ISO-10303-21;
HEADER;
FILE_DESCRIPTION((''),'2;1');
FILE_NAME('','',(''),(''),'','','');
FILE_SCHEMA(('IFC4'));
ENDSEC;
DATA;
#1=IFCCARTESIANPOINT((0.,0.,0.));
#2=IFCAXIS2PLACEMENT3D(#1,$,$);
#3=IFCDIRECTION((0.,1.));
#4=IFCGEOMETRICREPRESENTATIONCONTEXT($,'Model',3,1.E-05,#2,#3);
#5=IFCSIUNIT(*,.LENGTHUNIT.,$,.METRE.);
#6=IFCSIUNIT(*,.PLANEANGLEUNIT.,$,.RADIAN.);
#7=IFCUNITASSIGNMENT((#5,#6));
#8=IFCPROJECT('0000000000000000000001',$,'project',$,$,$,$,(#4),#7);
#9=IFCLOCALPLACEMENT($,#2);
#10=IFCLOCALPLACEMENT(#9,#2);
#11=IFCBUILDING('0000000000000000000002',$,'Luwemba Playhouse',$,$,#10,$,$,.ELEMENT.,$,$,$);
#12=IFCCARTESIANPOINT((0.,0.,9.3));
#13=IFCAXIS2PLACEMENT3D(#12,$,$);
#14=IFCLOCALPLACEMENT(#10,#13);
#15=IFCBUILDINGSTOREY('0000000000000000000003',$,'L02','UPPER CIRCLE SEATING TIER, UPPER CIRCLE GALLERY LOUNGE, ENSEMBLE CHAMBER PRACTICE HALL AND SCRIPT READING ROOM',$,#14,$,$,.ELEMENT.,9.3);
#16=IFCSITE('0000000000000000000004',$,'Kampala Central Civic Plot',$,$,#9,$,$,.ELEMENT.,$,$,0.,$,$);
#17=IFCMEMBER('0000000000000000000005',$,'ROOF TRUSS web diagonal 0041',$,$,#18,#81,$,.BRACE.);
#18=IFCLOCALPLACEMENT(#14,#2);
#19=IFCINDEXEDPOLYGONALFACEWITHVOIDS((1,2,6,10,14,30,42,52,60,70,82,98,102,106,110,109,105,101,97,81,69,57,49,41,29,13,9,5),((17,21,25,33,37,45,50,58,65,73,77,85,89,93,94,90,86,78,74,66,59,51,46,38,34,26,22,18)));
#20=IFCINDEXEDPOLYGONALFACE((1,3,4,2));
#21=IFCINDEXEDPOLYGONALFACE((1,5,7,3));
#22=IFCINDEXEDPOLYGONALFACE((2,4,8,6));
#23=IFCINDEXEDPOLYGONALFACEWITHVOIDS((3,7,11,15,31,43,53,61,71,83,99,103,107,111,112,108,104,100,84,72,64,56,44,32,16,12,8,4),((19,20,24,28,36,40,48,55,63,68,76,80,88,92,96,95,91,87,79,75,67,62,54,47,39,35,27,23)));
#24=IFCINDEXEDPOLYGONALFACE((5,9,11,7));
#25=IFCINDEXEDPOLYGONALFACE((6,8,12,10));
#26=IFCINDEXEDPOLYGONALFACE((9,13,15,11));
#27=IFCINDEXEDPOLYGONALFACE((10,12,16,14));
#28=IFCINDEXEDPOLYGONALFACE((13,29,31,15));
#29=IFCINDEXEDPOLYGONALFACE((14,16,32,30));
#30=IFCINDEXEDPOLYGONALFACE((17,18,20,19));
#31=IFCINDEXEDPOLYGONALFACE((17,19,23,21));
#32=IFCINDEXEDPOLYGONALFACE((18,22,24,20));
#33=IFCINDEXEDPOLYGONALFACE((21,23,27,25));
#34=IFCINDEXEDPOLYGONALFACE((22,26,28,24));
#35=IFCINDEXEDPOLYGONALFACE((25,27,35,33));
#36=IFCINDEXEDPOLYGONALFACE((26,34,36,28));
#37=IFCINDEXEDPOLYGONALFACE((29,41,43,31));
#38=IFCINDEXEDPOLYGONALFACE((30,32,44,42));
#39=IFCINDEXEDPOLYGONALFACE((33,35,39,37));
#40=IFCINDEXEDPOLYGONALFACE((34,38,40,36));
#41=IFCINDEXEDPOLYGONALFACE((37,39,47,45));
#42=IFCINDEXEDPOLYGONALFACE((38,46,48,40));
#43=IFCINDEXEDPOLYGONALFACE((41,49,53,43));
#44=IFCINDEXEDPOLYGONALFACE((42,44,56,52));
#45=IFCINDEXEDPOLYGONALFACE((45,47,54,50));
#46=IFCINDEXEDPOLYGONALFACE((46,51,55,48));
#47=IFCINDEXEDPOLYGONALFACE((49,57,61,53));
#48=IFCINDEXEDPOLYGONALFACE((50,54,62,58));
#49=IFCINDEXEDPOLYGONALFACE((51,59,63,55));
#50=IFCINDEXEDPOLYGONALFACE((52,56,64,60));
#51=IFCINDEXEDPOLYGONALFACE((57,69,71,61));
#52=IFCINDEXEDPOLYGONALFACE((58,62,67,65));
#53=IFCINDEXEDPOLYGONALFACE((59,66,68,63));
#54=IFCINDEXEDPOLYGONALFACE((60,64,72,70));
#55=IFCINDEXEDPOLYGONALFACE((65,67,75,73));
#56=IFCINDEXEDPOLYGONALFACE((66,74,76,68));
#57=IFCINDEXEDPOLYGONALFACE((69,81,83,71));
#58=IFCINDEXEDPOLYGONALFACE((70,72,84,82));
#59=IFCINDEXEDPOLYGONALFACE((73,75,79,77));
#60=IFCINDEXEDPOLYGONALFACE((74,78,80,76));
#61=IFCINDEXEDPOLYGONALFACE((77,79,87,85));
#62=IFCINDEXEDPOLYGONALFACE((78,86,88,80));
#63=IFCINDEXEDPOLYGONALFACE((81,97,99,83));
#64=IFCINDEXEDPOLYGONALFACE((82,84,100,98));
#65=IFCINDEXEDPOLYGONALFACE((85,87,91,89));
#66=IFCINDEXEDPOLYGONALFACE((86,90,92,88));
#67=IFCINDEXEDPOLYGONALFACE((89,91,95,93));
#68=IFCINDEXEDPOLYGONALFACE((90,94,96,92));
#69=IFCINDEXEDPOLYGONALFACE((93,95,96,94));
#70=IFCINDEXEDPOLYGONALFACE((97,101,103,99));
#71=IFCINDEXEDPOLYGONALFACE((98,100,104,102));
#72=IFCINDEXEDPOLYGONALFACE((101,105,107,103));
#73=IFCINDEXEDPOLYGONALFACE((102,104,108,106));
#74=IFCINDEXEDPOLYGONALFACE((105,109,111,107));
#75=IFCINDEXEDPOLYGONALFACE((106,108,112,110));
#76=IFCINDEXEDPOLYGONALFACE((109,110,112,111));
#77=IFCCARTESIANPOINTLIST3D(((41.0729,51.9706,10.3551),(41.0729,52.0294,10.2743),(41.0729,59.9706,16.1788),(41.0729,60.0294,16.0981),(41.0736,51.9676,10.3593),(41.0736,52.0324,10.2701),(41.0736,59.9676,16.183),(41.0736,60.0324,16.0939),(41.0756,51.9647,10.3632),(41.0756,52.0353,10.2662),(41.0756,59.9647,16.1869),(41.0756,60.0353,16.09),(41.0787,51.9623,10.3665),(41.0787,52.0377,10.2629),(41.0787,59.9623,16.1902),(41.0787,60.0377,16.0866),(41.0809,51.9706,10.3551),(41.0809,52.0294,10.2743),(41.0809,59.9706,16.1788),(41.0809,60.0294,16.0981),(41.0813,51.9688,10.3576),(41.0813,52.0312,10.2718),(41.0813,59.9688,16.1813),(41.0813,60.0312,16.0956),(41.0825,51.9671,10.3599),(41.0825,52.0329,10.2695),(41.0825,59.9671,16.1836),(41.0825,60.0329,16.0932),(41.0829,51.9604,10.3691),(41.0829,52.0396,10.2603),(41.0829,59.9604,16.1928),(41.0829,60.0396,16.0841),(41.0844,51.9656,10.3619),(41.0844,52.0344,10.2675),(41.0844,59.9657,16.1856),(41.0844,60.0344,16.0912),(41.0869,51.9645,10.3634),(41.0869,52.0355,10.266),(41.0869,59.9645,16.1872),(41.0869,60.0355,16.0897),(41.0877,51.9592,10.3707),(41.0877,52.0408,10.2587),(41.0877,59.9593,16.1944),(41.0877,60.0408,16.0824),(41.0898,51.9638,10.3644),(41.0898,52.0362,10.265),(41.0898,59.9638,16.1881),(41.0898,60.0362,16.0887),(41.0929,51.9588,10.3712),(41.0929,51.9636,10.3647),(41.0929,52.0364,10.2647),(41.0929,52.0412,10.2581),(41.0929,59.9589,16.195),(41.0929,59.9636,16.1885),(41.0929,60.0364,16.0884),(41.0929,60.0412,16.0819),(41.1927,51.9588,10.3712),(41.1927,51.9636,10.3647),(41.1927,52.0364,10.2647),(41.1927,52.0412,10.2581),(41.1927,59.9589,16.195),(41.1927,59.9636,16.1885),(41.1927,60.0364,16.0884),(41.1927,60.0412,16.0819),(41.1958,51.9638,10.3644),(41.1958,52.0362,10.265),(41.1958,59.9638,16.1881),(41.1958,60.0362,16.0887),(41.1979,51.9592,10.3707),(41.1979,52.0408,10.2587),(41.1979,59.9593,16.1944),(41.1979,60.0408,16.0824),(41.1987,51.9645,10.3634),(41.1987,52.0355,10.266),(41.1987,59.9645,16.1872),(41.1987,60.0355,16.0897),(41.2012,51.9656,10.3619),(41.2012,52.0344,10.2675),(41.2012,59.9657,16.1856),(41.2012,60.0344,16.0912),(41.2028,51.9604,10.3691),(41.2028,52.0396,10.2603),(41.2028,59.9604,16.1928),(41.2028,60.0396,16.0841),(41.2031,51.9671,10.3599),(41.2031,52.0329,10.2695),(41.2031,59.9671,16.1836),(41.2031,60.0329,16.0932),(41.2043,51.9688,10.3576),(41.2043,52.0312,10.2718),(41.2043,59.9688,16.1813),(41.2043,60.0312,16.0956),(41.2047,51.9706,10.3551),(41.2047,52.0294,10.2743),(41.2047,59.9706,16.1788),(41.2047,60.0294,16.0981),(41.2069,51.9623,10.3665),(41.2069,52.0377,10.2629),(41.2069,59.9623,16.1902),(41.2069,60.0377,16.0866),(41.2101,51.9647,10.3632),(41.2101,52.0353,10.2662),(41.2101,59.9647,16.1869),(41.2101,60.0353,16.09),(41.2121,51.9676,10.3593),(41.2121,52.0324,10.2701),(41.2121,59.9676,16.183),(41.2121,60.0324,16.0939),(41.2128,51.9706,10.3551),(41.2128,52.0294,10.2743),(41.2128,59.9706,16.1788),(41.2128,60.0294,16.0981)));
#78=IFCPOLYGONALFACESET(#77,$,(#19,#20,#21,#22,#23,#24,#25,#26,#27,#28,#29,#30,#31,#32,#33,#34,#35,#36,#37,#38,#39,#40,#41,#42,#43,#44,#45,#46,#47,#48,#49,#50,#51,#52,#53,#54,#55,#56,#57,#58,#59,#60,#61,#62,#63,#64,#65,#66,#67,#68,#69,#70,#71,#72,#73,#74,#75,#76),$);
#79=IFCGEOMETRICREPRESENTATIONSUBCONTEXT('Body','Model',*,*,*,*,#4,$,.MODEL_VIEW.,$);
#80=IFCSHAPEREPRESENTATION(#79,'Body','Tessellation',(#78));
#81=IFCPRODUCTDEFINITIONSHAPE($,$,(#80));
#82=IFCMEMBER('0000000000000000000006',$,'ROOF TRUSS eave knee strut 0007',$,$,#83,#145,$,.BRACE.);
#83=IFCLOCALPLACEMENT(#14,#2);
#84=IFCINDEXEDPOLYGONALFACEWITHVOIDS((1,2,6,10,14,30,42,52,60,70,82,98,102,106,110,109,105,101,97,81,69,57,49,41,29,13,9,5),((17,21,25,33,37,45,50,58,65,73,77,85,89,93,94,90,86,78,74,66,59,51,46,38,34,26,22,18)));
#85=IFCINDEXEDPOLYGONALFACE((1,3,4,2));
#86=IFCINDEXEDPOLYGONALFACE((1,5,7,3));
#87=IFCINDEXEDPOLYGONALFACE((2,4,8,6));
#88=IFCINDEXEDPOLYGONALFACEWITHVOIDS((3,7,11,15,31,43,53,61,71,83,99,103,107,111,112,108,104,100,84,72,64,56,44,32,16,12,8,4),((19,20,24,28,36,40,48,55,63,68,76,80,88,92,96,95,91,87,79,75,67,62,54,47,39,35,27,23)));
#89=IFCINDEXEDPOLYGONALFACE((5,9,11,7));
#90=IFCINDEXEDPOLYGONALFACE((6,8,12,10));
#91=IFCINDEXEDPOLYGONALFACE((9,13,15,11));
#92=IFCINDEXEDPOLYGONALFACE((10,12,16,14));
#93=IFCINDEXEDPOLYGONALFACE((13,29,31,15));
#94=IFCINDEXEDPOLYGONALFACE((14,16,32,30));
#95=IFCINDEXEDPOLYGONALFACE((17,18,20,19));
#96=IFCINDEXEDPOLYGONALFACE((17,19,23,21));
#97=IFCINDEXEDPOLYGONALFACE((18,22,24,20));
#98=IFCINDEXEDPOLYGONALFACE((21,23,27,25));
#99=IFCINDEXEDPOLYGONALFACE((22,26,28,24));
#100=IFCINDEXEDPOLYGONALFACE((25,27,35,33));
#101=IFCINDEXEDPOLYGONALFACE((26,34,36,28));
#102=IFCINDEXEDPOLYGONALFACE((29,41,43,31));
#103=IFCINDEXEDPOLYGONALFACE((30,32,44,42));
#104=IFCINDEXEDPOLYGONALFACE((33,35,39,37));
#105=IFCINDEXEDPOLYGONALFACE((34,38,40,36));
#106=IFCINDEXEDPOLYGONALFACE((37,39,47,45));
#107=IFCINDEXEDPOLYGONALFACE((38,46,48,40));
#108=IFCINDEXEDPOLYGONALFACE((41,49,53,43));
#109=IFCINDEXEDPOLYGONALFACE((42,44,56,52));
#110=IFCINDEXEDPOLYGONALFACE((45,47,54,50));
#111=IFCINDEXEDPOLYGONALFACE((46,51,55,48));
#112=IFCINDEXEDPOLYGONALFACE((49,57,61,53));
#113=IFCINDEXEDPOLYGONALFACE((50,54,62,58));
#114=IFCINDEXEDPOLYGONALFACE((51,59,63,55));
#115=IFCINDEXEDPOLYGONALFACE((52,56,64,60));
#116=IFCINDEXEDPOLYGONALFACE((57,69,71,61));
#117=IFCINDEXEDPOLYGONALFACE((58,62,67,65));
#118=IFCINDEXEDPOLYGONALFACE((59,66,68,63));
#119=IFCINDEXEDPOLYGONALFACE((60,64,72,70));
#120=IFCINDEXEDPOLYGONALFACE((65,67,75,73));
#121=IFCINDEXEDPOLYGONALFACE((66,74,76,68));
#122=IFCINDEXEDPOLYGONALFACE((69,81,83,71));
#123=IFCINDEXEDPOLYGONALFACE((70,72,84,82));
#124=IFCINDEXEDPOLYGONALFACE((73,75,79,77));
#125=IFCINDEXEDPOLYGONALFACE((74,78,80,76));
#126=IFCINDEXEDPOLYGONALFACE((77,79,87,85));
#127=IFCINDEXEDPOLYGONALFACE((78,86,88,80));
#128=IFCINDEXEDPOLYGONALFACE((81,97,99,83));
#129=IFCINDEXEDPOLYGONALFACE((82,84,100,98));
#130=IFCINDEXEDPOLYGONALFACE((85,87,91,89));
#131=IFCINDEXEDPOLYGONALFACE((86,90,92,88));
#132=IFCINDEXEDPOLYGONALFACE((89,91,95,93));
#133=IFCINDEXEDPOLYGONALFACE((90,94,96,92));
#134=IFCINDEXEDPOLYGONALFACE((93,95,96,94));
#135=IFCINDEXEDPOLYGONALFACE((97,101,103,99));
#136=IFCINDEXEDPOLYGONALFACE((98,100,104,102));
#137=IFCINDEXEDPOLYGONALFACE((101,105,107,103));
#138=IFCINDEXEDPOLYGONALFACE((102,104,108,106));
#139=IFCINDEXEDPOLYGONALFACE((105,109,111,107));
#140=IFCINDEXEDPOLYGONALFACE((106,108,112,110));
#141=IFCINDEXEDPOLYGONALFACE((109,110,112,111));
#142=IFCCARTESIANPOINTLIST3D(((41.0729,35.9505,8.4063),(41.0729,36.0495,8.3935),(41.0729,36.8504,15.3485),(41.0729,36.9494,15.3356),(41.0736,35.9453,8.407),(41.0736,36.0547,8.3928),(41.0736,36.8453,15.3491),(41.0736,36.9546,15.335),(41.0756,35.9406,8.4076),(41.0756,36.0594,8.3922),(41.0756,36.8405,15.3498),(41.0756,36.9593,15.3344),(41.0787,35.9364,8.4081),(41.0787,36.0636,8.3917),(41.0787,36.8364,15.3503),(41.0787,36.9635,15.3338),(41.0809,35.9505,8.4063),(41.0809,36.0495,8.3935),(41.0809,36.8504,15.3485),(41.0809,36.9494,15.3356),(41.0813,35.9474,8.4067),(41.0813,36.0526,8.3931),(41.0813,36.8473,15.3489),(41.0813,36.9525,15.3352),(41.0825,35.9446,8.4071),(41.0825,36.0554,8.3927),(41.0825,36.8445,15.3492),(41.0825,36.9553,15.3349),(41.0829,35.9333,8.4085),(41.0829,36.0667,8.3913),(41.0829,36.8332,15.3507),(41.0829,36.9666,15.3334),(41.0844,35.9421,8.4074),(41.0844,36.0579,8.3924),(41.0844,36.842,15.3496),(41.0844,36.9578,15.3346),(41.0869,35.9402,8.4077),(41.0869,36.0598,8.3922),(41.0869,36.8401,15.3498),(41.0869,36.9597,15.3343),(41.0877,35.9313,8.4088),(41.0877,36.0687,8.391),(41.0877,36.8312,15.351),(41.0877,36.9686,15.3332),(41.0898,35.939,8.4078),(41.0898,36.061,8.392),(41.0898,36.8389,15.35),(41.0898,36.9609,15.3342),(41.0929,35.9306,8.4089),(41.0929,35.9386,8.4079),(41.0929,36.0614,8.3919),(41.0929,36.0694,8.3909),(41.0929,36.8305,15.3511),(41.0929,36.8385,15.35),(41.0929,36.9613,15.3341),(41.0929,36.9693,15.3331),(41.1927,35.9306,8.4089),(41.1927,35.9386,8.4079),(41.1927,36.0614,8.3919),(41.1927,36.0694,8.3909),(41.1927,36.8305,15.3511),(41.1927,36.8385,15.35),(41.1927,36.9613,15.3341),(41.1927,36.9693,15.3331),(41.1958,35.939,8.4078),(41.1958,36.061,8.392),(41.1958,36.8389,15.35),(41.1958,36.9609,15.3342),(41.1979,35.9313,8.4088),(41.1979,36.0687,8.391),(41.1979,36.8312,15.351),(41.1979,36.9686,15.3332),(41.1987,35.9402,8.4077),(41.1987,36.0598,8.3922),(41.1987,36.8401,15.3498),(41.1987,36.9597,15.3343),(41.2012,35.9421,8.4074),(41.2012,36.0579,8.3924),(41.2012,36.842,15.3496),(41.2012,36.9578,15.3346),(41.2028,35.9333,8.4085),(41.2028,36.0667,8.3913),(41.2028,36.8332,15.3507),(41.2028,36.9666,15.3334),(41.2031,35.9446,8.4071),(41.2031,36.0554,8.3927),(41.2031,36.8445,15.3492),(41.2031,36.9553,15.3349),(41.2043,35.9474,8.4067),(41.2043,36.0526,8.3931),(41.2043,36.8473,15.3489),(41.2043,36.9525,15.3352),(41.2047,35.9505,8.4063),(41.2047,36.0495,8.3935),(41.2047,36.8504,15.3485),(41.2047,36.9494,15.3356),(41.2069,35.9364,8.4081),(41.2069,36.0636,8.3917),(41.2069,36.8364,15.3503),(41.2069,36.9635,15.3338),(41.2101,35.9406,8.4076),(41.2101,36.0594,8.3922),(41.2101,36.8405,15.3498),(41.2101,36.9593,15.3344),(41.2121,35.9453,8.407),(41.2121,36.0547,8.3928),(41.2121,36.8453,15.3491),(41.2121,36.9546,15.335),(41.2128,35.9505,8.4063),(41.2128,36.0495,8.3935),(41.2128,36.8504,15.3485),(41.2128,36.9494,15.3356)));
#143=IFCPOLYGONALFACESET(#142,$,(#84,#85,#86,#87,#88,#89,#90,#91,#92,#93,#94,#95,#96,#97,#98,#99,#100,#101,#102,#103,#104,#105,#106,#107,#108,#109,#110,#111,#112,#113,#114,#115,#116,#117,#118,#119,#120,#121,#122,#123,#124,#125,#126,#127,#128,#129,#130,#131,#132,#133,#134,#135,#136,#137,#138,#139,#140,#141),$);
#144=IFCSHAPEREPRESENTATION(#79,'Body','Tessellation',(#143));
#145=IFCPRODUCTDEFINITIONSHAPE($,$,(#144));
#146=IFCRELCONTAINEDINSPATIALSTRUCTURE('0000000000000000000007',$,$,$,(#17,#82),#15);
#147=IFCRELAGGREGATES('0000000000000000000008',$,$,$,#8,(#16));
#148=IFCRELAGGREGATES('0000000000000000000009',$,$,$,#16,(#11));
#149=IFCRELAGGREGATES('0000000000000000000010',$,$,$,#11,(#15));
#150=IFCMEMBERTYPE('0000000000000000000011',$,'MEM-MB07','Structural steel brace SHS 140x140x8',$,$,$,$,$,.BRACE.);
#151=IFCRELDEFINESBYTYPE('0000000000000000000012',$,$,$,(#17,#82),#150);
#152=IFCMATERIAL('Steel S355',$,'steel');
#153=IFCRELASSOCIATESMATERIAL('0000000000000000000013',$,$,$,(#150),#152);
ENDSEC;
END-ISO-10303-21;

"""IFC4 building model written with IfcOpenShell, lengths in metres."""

from ifc_helpers import new_model, si_unit, direction, frame, origin, origin_2d, place, context, subcontext, project, spatial, hollow_rectangle, extrude, material, material_profile, profile_set, type_object, element, save


model = new_model("IFC4")

# Units and contexts
model_context = context("Model", 3, precision=1e-05, world=origin(), true_north=direction((0.0, 1.0)))
body_context = subcontext(model_context, "Body", "Model", "MODEL_VIEW")
ifc_project = project(units=[si_unit("LENGTHUNIT", "METRE"), si_unit("PLANEANGLEUNIT", "RADIAN")], contexts=[model_context])

# Site, building, storey
site_placement = place(None, origin())
site = spatial("IfcSite", under=ifc_project, at=site_placement, Name="Kampala Central Civic Plot", CompositionType="ELEMENT", RefElevation=0.0)
building_placement = place(site_placement, origin())
building = spatial("IfcBuilding", under=site, at=building_placement, Name="Luwemba Playhouse", CompositionType="ELEMENT")
storey_placement = place(building_placement, frame((0.0, 0.0, 9.3)))
storey = spatial("IfcBuildingStorey", under=building, at=storey_placement, Name="L02", Description="UPPER CIRCLE SEATING TIER, UPPER CIRCLE GALLERY LOUNGE, ENSEMBLE CHAMBER PRACTICE HALL AND SCRIPT READING ROOM", CompositionType="ELEMENT", Elevation=9.3)

# Shared definitions
ifc_material_1 = material(Name="Steel S355", Category="steel")

# Members
ifc_material_profile_1 = material_profile(ifc_material_1, hollow_rectangle(XDim=0.1399, YDim=0.1399, WallThickness=0.0081, InnerFilletRadius=0.012, OuterFilletRadius=0.02, at=origin_2d()))
ifc_profile_set_1 = profile_set([ifc_material_profile_1], Name="Steel S355")
member_type_1 = type_object("IfcMemberType", Name="MEM-MB07", Description="Structural steel brace SHS 140x140x8", PredefinedType="BRACE", material=ifc_profile_set_1)
for number, where, z_axis, x_axis, name in (
    (1, (41.1428, 52.0, 10.3147), (0.0, 0.808469, 0.588538), (-1.0, 0.0, 0.0), "ROOF TRUSS web diagonal 0041"),
):
    element("IfcMember", number, at=place(storey_placement, frame(where, z_axis=z_axis, x_axis=x_axis)), inside=storey, type_object=member_type_1, Name=name, PredefinedType="BRACE", context=body_context, shape_type="SweptSolid", body=[
        extrude(hollow_rectangle(XDim=0.1399, YDim=0.1399, WallThickness=0.0081, InnerFilletRadius=0.012, OuterFilletRadius=0.02, at=origin_2d()), origin(), (0.0, 0.0, 1.0), 9.8953),
    ])
member_1_placement = place(storey_placement, frame((41.1428, 36.0, 8.3999), z_axis=(0.0, 0.128553, 0.991703), x_axis=(-1.0, 0.0, 0.0)))
element("IfcMember", 2, at=member_1_placement, inside=storey, type_object=member_type_1, Name="ROOF TRUSS eave knee strut 0007", PredefinedType="BRACE", context=body_context, shape_type="SweptSolid", body=[
    extrude(hollow_rectangle(XDim=0.1399, YDim=0.1399, WallThickness=0.0081, InnerFilletRadius=0.012, OuterFilletRadius=0.02, at=origin_2d()), origin(), (0.0, 0.0, 1.0), 7.0002),
])

save(model, "model.ifc")
